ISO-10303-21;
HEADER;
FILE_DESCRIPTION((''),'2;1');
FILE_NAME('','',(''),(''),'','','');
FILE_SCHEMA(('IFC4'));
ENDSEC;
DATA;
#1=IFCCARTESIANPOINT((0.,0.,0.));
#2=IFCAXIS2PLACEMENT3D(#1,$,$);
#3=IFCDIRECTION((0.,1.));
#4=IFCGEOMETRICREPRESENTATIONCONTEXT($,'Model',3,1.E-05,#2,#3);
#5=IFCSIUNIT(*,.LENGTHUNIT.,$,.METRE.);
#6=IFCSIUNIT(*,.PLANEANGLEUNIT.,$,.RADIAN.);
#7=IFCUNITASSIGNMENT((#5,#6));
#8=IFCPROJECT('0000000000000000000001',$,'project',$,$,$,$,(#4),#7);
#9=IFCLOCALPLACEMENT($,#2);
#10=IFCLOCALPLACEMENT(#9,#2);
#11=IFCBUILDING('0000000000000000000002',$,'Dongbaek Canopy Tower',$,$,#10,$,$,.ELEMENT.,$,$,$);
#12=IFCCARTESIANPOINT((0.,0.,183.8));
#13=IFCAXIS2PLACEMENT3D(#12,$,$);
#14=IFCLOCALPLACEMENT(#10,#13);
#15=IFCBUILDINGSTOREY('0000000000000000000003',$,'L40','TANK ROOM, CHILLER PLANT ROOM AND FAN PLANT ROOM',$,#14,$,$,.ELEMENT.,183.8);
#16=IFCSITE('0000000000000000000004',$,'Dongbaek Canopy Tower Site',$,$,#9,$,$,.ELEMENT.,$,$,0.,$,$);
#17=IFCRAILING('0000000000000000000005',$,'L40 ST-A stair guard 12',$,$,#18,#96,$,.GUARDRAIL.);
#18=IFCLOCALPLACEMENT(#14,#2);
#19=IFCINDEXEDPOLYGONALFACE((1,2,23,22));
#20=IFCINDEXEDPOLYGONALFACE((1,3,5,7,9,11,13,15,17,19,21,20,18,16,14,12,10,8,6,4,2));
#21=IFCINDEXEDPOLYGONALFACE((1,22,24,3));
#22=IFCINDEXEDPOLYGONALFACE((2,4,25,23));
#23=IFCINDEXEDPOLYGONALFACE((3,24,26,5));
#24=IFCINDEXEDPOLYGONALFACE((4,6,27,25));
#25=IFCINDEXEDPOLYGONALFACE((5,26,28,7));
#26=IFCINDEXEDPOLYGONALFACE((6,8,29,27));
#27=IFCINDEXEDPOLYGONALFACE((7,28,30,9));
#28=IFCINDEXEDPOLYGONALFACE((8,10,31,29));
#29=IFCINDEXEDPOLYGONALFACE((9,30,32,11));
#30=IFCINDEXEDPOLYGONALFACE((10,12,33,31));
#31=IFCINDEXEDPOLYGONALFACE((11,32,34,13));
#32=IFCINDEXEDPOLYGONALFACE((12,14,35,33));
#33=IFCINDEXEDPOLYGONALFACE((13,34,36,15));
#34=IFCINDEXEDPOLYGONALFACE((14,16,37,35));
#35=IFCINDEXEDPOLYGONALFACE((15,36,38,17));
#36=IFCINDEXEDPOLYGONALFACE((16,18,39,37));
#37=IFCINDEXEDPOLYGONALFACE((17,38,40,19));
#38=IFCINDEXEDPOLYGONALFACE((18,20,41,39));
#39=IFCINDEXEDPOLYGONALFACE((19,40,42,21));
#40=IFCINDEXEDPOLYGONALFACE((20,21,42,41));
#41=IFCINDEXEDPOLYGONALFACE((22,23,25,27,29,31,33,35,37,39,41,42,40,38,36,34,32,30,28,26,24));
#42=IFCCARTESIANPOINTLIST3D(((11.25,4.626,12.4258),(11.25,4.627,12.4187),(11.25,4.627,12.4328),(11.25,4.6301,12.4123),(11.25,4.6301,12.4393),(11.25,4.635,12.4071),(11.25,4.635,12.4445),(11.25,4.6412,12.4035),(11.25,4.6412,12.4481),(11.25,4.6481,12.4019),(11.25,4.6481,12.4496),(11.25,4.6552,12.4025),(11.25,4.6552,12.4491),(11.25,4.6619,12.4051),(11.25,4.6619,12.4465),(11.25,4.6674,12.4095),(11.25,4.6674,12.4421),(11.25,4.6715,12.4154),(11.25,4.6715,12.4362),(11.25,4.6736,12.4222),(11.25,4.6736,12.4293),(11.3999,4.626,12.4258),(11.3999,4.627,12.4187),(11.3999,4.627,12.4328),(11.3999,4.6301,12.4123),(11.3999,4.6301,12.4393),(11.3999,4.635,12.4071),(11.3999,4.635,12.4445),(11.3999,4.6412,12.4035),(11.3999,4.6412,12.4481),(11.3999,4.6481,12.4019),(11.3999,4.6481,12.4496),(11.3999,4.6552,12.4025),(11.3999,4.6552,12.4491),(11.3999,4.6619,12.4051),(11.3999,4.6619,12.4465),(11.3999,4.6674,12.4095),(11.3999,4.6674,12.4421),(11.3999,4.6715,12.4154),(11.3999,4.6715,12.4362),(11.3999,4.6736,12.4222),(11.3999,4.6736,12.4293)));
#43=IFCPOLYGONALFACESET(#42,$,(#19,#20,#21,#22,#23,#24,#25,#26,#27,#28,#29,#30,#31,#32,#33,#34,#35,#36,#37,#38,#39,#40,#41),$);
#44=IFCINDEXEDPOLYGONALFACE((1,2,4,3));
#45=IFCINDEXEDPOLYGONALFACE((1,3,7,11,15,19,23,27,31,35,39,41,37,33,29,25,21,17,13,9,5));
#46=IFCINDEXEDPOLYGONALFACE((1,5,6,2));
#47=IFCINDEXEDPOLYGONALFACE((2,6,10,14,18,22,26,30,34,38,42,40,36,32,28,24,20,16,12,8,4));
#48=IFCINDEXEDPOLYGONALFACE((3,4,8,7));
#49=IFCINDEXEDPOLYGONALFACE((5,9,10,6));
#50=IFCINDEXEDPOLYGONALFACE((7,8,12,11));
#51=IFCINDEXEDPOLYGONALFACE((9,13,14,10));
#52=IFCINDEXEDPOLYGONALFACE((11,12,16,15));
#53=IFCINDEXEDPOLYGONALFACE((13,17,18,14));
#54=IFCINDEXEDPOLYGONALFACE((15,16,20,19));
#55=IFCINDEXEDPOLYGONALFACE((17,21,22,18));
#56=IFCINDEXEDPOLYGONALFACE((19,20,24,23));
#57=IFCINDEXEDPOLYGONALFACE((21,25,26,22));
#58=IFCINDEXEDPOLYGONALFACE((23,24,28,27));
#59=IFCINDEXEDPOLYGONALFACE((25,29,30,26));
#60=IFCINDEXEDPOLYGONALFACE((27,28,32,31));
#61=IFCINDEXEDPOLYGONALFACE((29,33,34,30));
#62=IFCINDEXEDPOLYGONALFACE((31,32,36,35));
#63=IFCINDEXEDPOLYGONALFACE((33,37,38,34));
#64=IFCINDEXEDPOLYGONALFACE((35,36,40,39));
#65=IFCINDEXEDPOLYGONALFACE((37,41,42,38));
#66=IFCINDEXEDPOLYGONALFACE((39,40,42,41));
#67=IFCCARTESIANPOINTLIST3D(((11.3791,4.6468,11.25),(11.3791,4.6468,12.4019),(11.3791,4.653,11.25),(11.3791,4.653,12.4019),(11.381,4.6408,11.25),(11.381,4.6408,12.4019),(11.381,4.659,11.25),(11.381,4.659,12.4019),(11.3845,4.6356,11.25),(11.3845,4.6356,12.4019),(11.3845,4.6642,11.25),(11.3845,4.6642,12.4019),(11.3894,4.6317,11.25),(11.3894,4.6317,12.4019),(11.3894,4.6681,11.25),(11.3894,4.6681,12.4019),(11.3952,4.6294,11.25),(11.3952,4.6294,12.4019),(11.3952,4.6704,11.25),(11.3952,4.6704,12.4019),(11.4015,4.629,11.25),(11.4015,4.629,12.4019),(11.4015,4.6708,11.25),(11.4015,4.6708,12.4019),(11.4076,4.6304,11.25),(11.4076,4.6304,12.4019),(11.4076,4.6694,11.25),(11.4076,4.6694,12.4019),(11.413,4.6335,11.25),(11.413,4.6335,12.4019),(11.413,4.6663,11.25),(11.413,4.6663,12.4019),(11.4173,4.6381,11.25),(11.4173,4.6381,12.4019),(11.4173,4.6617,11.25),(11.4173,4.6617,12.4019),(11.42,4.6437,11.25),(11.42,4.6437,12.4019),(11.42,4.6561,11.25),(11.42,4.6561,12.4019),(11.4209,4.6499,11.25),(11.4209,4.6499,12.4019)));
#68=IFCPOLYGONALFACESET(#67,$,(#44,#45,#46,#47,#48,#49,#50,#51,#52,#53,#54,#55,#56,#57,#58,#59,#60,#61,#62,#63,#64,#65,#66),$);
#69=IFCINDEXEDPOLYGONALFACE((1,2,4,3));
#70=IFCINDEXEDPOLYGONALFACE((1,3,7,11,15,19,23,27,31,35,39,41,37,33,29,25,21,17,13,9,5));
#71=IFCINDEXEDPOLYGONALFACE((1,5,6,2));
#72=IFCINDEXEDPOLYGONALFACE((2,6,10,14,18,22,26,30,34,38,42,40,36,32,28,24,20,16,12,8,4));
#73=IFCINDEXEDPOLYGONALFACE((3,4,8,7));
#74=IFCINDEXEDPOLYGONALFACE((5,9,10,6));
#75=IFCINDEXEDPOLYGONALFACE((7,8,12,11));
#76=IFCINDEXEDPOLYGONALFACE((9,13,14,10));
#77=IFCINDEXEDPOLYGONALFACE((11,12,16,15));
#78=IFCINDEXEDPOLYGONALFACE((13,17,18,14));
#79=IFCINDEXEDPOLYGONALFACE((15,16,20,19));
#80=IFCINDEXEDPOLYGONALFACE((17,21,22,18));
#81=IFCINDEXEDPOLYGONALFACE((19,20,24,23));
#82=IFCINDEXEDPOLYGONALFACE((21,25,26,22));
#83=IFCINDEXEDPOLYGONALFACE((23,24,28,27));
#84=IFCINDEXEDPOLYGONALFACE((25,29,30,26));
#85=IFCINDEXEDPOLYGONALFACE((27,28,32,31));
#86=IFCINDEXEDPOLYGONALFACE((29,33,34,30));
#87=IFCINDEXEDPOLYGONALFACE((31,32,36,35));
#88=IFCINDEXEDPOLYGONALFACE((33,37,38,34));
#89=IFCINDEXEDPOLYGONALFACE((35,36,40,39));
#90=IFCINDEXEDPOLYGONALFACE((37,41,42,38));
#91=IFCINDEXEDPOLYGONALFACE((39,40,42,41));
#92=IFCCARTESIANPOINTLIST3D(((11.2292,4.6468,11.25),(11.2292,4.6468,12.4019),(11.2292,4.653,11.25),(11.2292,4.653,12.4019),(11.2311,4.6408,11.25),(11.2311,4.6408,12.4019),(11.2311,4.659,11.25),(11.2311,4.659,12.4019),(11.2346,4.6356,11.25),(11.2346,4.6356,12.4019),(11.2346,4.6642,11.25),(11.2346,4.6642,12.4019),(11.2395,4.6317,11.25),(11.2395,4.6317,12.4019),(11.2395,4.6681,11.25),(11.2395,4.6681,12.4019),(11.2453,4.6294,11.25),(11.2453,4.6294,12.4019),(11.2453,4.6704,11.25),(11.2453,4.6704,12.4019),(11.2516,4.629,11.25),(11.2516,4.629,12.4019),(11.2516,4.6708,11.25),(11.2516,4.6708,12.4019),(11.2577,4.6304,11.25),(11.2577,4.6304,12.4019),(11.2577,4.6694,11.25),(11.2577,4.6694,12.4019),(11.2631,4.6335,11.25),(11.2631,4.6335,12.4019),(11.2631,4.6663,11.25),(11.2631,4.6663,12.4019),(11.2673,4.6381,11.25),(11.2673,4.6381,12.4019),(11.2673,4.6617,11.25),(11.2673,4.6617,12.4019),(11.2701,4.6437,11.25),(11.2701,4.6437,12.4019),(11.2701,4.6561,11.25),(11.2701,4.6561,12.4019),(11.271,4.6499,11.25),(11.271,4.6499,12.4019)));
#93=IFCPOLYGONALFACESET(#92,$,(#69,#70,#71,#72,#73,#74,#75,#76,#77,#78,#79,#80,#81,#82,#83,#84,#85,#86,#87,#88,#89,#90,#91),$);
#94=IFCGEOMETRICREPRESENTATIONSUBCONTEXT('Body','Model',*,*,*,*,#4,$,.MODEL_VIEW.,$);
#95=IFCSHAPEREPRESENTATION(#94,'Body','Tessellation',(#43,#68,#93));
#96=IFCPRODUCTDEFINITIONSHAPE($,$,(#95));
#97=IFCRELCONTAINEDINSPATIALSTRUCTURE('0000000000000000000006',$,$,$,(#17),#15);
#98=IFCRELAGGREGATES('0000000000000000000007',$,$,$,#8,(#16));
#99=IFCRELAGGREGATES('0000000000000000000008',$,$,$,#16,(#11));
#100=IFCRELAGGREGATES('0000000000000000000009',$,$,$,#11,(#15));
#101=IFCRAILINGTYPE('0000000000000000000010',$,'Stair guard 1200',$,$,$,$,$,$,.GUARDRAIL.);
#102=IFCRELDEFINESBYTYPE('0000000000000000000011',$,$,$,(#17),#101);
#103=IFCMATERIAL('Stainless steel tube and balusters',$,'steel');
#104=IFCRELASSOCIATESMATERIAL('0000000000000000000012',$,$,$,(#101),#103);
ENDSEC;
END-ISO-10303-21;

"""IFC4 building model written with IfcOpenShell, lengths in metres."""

from ifc_helpers import new_model, si_unit, direction, frame, origin, origin_2d, place, context, subcontext, project, spatial, circle, extrude, material, type_object, element, save


model = new_model("IFC4")

# Units and contexts
model_context = context("Model", 3, precision=1e-05, world=origin(), true_north=direction((0.0, 1.0)))
body_context = subcontext(model_context, "Body", "Model", "MODEL_VIEW")
ifc_project = project(units=[si_unit("LENGTHUNIT", "METRE"), si_unit("PLANEANGLEUNIT", "RADIAN")], contexts=[model_context])

# Site, building, storey
site_placement = place(None, origin())
site = spatial("IfcSite", under=ifc_project, at=site_placement, Name="Dongbaek Canopy Tower Site", CompositionType="ELEMENT", RefElevation=0.0)
building_placement = place(site_placement, origin())
building = spatial("IfcBuilding", under=site, at=building_placement, Name="Dongbaek Canopy Tower", CompositionType="ELEMENT")
storey_placement = place(building_placement, frame((0.0, 0.0, 183.8)))
storey = spatial("IfcBuildingStorey", under=building, at=storey_placement, Name="L40", Description="TANK ROOM, CHILLER PLANT ROOM AND FAN PLANT ROOM", CompositionType="ELEMENT", Elevation=183.8)

# Railing
ifc_material_1 = material(Name="Stainless steel tube and balusters", Category="steel")
railing_type_1 = type_object("IfcRailingType", Name="Stair guard 1200", PredefinedType="GUARDRAIL", material=ifc_material_1)
railing_1_placement = place(storey_placement, frame((11.3999, 4.6499, 11.25)))
element("IfcRailing", 1, at=railing_1_placement, inside=storey, type_object=railing_type_1, Name="L40 ST-A stair guard 12", PredefinedType="GUARDRAIL", context=body_context, shape_type="SweptSolid", body=[
    extrude(circle(Radius=0.0239, at=origin_2d()), frame((0.0, 0.0, 1.1758), z_axis=(-1.0, 0.0, 0.0), x_axis=(0.0, -1.0, 0.0)), (0.0, 0.0, 1.0), 0.1499),
    extrude(circle(Radius=0.021, at=origin_2d()), origin(), (0.0, 0.0, 1.0), 1.1519),
    extrude(circle(Radius=0.021, at=origin_2d()), frame((-0.1499, 0.0, 0.0)), (0.0, 0.0, 1.0), 1.1519),
])

save(model, "model.ifc")
